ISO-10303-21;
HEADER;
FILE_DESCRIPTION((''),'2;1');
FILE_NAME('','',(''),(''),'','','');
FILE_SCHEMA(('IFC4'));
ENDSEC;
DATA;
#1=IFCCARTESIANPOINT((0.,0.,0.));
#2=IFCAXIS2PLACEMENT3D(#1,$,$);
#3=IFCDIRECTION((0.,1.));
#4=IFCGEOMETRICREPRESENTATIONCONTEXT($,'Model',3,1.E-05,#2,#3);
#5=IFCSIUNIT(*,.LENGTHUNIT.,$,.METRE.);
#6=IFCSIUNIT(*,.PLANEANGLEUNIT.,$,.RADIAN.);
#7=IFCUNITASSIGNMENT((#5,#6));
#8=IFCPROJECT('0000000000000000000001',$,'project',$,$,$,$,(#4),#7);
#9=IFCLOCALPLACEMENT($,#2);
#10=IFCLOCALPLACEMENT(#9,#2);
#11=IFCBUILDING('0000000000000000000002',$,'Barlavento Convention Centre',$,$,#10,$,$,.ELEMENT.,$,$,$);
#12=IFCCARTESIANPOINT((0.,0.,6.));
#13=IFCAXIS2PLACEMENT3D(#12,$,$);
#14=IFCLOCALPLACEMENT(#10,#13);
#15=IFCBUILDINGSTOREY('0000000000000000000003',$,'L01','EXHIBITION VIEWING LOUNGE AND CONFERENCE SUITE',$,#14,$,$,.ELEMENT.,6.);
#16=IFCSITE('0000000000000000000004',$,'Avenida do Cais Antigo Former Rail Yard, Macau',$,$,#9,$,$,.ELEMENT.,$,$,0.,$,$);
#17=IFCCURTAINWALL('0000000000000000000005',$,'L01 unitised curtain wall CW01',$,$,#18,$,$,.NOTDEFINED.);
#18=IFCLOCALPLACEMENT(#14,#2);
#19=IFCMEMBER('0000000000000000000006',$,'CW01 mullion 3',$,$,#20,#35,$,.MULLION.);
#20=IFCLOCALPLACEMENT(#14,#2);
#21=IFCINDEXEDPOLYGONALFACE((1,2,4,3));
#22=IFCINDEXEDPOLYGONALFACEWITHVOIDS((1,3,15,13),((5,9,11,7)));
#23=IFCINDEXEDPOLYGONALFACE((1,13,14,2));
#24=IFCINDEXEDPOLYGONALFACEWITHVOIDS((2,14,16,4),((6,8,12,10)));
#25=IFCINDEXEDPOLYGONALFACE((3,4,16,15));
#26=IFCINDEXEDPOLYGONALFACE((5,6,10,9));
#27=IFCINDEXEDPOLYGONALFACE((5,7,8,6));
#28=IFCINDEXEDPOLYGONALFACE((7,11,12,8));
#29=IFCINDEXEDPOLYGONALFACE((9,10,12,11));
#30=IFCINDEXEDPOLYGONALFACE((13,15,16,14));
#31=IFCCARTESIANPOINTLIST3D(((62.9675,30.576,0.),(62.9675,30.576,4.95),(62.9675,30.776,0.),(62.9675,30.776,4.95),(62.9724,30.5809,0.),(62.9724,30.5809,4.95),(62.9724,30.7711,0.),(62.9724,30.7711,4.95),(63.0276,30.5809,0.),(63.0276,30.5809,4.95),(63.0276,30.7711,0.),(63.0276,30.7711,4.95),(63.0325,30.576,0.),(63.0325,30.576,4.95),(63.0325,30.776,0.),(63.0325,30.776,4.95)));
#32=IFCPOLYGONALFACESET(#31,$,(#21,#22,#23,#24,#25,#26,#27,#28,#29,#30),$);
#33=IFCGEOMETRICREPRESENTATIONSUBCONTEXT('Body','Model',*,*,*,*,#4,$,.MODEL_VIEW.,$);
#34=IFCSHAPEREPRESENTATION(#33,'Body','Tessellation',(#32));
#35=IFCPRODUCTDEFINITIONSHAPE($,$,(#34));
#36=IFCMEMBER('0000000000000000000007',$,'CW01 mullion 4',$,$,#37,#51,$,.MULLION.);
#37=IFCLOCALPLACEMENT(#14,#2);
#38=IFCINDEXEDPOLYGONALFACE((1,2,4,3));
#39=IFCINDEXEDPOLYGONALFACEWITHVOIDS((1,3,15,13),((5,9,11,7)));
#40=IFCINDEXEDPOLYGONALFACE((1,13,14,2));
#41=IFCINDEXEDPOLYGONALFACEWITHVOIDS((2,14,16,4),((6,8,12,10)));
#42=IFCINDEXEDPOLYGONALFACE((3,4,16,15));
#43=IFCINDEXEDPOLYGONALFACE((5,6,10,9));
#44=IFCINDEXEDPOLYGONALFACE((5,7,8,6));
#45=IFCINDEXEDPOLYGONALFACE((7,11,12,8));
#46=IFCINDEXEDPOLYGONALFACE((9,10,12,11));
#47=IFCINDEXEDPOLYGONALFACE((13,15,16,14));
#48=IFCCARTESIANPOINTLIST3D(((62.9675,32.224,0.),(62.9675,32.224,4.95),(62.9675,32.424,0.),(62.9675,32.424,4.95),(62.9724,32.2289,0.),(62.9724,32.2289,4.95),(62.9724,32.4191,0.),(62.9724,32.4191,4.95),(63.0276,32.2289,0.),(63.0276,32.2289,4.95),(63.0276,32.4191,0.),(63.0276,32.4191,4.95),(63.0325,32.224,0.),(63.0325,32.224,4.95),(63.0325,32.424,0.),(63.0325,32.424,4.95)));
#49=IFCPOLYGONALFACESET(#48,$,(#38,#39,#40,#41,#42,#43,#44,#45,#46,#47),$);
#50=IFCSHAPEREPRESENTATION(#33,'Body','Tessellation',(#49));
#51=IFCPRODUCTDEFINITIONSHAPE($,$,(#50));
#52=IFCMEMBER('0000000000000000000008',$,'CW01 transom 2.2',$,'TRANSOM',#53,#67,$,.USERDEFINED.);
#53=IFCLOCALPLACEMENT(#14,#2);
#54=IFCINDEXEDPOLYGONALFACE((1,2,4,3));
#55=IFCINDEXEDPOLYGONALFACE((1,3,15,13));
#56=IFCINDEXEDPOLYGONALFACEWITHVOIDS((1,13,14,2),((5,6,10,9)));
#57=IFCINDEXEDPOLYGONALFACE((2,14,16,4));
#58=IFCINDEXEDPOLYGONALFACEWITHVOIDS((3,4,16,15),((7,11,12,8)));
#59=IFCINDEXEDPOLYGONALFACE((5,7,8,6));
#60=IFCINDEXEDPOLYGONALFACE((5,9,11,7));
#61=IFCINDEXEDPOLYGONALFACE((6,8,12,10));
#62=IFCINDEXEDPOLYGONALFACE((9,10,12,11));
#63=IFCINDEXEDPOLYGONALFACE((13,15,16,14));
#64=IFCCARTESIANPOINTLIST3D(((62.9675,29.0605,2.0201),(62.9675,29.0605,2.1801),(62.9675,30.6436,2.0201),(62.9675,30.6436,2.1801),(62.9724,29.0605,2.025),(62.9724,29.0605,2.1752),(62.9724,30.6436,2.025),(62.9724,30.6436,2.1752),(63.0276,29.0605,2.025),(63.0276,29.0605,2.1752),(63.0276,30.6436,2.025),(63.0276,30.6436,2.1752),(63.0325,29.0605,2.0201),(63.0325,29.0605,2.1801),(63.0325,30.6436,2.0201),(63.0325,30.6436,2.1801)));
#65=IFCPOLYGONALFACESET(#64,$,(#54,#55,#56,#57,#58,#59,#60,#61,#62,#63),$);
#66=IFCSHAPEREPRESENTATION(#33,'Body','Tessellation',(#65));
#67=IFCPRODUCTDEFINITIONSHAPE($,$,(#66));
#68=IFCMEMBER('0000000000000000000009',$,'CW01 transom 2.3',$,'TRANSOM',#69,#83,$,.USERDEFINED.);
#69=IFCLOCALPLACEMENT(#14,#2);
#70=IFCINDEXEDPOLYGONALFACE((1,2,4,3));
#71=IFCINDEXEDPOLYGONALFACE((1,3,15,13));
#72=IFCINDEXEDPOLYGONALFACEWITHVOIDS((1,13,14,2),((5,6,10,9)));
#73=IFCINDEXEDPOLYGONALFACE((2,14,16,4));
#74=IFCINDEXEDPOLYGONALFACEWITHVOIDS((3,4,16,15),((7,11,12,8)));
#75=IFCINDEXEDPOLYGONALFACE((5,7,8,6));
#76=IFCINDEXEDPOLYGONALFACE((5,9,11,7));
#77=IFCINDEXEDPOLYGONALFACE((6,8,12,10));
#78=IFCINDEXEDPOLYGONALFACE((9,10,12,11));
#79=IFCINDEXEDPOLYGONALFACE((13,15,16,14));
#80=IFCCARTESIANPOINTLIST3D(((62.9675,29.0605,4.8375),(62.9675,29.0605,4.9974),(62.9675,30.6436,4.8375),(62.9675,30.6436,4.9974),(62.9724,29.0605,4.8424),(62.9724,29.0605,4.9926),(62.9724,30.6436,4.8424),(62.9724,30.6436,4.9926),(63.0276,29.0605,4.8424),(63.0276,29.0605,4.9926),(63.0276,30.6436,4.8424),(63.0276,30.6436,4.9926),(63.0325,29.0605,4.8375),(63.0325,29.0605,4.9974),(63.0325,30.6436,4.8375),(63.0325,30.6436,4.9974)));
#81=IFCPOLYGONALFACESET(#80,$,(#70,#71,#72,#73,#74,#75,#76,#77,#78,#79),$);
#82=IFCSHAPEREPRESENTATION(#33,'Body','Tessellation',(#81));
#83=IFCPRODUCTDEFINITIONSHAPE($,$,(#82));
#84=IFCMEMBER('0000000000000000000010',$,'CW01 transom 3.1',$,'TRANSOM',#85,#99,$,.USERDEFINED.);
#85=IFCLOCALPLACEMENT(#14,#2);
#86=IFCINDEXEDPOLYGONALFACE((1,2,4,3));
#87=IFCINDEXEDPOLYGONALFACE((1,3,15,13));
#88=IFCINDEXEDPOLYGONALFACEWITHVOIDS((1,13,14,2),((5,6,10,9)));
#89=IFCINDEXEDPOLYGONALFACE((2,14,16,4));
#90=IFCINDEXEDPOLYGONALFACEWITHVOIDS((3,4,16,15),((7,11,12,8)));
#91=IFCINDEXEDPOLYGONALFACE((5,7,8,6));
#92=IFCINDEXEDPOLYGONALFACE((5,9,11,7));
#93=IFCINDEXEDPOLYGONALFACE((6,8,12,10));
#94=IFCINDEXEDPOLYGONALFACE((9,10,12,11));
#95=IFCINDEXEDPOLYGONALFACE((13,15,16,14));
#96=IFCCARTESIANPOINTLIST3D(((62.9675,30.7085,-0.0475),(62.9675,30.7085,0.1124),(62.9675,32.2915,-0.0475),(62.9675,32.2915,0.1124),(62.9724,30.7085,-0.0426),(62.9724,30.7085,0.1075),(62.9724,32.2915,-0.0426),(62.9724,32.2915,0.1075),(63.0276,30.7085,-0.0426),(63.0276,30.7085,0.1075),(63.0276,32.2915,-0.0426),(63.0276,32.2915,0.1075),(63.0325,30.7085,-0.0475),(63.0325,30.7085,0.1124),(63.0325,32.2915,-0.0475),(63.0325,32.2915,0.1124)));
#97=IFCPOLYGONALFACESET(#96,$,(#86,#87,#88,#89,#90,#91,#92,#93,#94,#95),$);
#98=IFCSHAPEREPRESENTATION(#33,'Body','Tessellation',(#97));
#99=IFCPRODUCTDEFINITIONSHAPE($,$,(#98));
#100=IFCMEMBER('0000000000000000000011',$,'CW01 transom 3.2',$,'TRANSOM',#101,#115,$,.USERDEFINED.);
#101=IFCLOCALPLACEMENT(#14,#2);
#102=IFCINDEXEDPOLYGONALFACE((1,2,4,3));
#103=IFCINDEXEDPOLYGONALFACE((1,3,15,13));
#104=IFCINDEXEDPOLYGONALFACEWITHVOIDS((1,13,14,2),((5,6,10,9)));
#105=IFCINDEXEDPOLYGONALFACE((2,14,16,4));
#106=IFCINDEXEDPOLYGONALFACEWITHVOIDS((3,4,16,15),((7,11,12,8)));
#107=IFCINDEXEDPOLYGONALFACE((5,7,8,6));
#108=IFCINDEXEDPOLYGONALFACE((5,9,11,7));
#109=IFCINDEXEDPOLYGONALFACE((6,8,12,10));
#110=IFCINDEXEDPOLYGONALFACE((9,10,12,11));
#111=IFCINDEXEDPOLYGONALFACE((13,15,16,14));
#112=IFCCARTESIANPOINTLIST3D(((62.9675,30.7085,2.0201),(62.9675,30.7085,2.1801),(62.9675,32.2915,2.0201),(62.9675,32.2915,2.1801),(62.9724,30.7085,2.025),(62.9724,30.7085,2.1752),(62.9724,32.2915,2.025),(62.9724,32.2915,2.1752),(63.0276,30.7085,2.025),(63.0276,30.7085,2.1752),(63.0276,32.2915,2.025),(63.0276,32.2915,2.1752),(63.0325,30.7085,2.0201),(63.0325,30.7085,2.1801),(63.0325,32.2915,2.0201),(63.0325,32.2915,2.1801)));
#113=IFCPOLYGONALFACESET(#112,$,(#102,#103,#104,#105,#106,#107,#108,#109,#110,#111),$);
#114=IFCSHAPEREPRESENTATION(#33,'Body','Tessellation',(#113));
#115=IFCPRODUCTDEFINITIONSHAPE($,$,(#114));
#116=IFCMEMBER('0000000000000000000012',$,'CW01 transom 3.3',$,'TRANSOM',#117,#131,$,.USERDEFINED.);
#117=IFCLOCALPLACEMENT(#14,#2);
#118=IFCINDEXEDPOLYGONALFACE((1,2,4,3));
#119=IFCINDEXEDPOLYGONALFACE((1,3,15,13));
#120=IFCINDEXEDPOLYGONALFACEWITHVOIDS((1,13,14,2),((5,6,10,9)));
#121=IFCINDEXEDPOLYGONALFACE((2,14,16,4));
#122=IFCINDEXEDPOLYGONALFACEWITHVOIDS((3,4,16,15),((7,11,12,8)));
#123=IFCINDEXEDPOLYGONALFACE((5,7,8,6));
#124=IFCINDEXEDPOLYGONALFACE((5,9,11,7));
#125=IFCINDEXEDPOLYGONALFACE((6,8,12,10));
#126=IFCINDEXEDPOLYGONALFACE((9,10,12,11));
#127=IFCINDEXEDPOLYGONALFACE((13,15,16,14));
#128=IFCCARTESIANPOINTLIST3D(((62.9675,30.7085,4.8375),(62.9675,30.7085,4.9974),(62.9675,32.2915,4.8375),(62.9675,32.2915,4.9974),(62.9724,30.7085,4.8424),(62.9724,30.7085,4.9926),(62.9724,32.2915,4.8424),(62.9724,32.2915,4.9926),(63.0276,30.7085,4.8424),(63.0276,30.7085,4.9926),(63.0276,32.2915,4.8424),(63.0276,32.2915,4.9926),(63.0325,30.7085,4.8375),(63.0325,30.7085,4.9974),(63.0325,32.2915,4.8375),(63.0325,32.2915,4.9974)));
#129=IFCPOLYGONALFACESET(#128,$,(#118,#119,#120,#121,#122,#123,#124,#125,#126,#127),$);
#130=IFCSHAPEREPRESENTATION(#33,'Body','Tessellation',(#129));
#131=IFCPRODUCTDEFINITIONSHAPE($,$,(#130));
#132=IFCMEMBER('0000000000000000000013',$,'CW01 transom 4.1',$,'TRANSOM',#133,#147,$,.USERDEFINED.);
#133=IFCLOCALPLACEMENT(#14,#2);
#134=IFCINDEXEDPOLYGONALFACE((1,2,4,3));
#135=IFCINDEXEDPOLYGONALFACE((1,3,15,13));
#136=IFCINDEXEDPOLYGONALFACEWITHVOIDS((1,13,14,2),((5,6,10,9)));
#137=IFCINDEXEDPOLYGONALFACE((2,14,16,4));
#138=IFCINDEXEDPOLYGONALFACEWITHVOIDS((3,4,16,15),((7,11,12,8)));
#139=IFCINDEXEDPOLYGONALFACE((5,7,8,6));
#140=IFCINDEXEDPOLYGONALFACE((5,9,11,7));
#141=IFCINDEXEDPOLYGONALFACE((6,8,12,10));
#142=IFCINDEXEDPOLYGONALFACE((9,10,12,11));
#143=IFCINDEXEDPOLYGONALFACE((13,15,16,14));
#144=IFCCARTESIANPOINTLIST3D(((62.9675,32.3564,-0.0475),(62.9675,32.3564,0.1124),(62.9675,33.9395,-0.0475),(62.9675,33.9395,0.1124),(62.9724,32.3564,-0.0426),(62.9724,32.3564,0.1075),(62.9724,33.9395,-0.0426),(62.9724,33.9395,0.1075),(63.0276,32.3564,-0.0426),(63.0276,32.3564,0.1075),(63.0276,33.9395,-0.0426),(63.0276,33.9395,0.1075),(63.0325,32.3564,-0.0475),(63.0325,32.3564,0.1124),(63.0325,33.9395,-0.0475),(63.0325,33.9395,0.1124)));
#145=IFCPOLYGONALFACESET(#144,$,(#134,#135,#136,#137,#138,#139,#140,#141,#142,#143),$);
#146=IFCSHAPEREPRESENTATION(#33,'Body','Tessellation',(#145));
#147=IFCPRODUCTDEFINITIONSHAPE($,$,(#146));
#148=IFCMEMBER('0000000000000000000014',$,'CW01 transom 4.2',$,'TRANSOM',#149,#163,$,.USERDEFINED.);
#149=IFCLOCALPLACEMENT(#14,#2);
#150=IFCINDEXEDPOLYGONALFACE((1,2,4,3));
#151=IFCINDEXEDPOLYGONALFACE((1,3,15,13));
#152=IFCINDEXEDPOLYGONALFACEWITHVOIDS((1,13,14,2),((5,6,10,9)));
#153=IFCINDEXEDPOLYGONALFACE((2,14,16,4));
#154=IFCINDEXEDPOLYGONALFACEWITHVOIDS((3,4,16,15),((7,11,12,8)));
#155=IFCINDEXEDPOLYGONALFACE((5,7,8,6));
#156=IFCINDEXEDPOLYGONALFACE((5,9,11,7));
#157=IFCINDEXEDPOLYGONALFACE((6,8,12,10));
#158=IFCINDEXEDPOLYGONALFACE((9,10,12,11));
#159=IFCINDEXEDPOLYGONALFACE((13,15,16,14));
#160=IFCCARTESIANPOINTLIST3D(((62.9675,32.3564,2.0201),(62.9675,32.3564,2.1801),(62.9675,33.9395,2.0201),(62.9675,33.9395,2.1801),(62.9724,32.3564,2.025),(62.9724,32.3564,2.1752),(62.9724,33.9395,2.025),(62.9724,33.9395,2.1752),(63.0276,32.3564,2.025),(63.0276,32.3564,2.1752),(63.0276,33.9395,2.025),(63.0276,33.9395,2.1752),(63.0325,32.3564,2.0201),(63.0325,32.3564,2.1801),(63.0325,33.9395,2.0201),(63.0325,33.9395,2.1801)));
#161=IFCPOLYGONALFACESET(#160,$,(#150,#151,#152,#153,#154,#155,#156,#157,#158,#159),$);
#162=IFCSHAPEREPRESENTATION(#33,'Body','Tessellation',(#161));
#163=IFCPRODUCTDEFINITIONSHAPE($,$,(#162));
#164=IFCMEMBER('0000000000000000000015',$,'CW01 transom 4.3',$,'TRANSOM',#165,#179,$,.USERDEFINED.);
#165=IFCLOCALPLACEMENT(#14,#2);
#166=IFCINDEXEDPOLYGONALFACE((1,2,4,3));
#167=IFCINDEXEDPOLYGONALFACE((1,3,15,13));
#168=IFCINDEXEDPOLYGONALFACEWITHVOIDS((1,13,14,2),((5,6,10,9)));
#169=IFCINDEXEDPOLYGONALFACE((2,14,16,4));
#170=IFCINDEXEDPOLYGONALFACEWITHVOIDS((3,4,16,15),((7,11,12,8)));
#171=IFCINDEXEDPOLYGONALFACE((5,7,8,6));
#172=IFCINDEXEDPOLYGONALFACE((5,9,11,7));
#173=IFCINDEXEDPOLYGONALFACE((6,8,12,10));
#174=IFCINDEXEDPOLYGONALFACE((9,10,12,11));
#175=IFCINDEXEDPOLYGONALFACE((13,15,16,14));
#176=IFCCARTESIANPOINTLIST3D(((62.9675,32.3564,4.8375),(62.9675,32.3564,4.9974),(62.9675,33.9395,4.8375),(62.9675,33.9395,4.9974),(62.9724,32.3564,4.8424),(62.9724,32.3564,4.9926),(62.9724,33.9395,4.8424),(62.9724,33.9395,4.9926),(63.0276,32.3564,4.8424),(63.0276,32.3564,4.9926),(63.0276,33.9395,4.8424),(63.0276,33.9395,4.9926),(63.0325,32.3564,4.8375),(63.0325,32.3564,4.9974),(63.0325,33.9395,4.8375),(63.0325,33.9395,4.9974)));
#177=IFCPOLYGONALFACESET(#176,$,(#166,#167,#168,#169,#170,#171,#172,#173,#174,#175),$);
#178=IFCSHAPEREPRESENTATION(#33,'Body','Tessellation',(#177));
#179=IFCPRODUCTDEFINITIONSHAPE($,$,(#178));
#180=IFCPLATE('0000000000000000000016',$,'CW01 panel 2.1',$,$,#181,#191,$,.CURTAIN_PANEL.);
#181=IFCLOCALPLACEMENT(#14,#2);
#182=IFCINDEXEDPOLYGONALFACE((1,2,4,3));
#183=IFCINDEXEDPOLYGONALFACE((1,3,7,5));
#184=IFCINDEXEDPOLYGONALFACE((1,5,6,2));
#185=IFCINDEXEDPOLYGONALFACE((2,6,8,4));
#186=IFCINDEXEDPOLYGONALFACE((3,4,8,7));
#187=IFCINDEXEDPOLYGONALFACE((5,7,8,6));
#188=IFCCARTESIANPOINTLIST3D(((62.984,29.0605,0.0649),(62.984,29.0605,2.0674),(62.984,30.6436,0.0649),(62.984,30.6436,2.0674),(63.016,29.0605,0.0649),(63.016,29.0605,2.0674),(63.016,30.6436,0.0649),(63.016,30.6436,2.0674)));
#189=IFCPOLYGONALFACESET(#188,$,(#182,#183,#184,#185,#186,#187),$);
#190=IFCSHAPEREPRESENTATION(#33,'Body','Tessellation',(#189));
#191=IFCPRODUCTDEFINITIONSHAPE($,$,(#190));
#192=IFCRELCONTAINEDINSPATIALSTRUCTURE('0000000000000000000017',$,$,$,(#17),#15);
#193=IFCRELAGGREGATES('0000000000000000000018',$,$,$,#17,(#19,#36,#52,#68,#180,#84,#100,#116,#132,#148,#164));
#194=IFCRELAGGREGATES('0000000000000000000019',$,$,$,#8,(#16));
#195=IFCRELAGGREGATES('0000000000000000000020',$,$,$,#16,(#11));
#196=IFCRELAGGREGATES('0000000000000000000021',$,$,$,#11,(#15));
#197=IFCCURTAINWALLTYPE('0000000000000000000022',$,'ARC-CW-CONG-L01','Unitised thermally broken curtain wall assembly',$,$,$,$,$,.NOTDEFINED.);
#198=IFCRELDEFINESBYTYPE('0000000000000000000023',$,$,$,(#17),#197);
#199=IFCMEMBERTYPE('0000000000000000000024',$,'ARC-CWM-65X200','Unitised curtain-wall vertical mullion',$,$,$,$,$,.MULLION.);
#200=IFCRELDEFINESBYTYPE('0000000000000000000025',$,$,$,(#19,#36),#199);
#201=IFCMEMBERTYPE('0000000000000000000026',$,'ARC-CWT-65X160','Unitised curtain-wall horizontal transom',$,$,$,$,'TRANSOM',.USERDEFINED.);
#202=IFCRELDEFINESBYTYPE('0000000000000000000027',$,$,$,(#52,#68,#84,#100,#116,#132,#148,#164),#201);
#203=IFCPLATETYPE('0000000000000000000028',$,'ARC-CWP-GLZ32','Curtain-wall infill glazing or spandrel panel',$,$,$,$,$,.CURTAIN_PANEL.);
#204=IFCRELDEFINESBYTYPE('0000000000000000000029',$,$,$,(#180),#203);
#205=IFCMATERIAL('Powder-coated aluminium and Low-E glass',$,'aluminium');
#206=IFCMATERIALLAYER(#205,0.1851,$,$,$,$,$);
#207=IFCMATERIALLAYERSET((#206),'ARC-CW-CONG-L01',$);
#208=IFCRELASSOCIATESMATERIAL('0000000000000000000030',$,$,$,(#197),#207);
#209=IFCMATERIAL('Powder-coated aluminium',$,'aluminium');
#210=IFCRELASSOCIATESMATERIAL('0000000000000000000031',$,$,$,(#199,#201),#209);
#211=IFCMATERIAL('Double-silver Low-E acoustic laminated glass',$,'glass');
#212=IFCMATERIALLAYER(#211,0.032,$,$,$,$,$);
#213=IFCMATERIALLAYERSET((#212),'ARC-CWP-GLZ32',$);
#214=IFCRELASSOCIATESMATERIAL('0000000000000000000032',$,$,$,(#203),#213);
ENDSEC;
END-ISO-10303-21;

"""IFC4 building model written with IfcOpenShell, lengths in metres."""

from ifc_helpers import new_model, si_unit, direction, frame, origin, origin_2d, place, context, subcontext, project, spatial, rectangle, hollow_rectangle, extrude, material, layer, layer_set, material_profile, profile_set, type_object, element, aggregate, save


model = new_model("IFC4")

# Units and contexts
model_context = context("Model", 3, precision=1e-05, world=origin(), true_north=direction((0.0, 1.0)))
body_context = subcontext(model_context, "Body", "Model", "MODEL_VIEW")
ifc_project = project(units=[si_unit("LENGTHUNIT", "METRE"), si_unit("PLANEANGLEUNIT", "RADIAN")], contexts=[model_context])

# Site, building, storey
site_placement = place(None, origin())
site = spatial("IfcSite", under=ifc_project, at=site_placement, Name="Avenida do Cais Antigo Former Rail Yard, Macau", CompositionType="ELEMENT", RefElevation=0.0)
building_placement = place(site_placement, origin())
building = spatial("IfcBuilding", under=site, at=building_placement, Name="Barlavento Convention Centre", CompositionType="ELEMENT")
storey_placement = place(building_placement, frame((0.0, 0.0, 6.0)))
storey = spatial("IfcBuildingStorey", under=building, at=storey_placement, Name="L01", Description="EXHIBITION VIEWING LOUNGE AND CONFERENCE SUITE", CompositionType="ELEMENT", Elevation=6.0)

# Curtain wall, members, plate
ifc_material_1 = material(Name="Powder-coated aluminium and Low-E glass", Category="aluminium")
ifc_layer_1 = layer(ifc_material_1, 0.1851)
ifc_layer_set_1 = layer_set([ifc_layer_1], Name="ARC-CW-CONG-L01")
curtain_wall_type = type_object("IfcCurtainWallType", Name="ARC-CW-CONG-L01", Description="Unitised thermally broken curtain wall assembly", PredefinedType="NOTDEFINED", material=ifc_layer_set_1)
curtain_wall_placement = place(storey_placement, origin())
curtain_wall = element("IfcCurtainWall", 1, at=curtain_wall_placement, inside=storey, type_object=curtain_wall_type, Name="L01 unitised curtain wall CW01", PredefinedType="NOTDEFINED")
ifc_material_2 = material(Name="Powder-coated aluminium", Category="aluminium")
ifc_material_profile_1 = material_profile(ifc_material_2, hollow_rectangle(XDim=0.0649, YDim=0.2, WallThickness=0.0049, at=origin_2d()), Name="AL-MULL 65x200x5")
ifc_profile_set_1 = profile_set([ifc_material_profile_1], Name="Powder-coated aluminium")
member_type_1 = type_object("IfcMemberType", Name="ARC-CWM-65X200", Description="Unitised curtain-wall vertical mullion", PredefinedType="MULLION", material=ifc_profile_set_1)
member_1_placement = place(storey_placement, frame((63.0, 30.676, 0.0), z_axis=(0.0, 0.0, 1.0), x_axis=(-1.0, 0.0, 0.0)))
member_1 = element("IfcMember", 2, at=member_1_placement, type_object=member_type_1, Name="CW01 mullion 3", PredefinedType="MULLION", context=body_context, shape_type="SweptSolid", body=[
    extrude(hollow_rectangle(XDim=0.0649, YDim=0.2, WallThickness=0.0049, at=origin_2d()), origin(), (0.0, 0.0, 1.0), 4.95),
])
member_2_placement = place(storey_placement, frame((63.0, 32.324, 0.0), z_axis=(0.0, 0.0, 1.0), x_axis=(-1.0, 0.0, 0.0)))
member_2 = element("IfcMember", 3, at=member_2_placement, type_object=member_type_1, Name="CW01 mullion 4", PredefinedType="MULLION", context=body_context, shape_type="SweptSolid", body=[
    extrude(hollow_rectangle(XDim=0.0649, YDim=0.2, WallThickness=0.0049, at=origin_2d()), origin(), (0.0, 0.0, 1.0), 4.95),
])
ifc_material_profile_2 = material_profile(ifc_material_2, hollow_rectangle(XDim=0.0649, YDim=0.1599, WallThickness=0.0049, at=origin_2d()), Name="AL-TRAN 65x160x5")
ifc_profile_set_2 = profile_set([ifc_material_profile_2], Name="Powder-coated aluminium")
member_type_2 = type_object("IfcMemberType", Name="ARC-CWT-65X160", Description="Unitised curtain-wall horizontal transom", ElementType="TRANSOM", PredefinedType="USERDEFINED", material=ifc_profile_set_2)
member_3_placement = place(storey_placement, frame((63.0, 29.0605, 2.1001), z_axis=(0.0, 1.0, 0.0), x_axis=(-1.0, 0.0, 0.0)))
member_3 = element("IfcMember", 4, at=member_3_placement, type_object=member_type_2, Name="CW01 transom 2.2", ObjectType="TRANSOM", PredefinedType="USERDEFINED", context=body_context, shape_type="SweptSolid", body=[
    extrude(hollow_rectangle(XDim=0.0649, YDim=0.1599, WallThickness=0.0049, at=origin_2d()), origin(), (0.0, 0.0, 1.0), 1.583),
])
member_4_placement = place(storey_placement, frame((63.0, 29.0605, 4.9175), z_axis=(0.0, 1.0, 0.0), x_axis=(-1.0, 0.0, 0.0)))
member_4 = element("IfcMember", 5, at=member_4_placement, type_object=member_type_2, Name="CW01 transom 2.3", ObjectType="TRANSOM", PredefinedType="USERDEFINED", context=body_context, shape_type="SweptSolid", body=[
    extrude(hollow_rectangle(XDim=0.0649, YDim=0.1599, WallThickness=0.0049, at=origin_2d()), origin(), (0.0, 0.0, 1.0), 1.583),
])
member_5_placement = place(storey_placement, frame((63.0, 30.7085, 0.0325), z_axis=(0.0, 1.0, 0.0), x_axis=(-1.0, 0.0, 0.0)))
member_5 = element("IfcMember", 6, at=member_5_placement, type_object=member_type_2, Name="CW01 transom 3.1", ObjectType="TRANSOM", PredefinedType="USERDEFINED", context=body_context, shape_type="SweptSolid", body=[
    extrude(hollow_rectangle(XDim=0.0649, YDim=0.1599, WallThickness=0.0049, at=origin_2d()), origin(), (0.0, 0.0, 1.0), 1.583),
])
member_6_placement = place(storey_placement, frame((63.0, 30.7085, 2.1001), z_axis=(0.0, 1.0, 0.0), x_axis=(-1.0, 0.0, 0.0)))
member_6 = element("IfcMember", 7, at=member_6_placement, type_object=member_type_2, Name="CW01 transom 3.2", ObjectType="TRANSOM", PredefinedType="USERDEFINED", context=body_context, shape_type="SweptSolid", body=[
    extrude(hollow_rectangle(XDim=0.0649, YDim=0.1599, WallThickness=0.0049, at=origin_2d()), origin(), (0.0, 0.0, 1.0), 1.583),
])
member_7_placement = place(storey_placement, frame((63.0, 30.7085, 4.9175), z_axis=(0.0, 1.0, 0.0), x_axis=(-1.0, 0.0, 0.0)))
member_7 = element("IfcMember", 8, at=member_7_placement, type_object=member_type_2, Name="CW01 transom 3.3", ObjectType="TRANSOM", PredefinedType="USERDEFINED", context=body_context, shape_type="SweptSolid", body=[
    extrude(hollow_rectangle(XDim=0.0649, YDim=0.1599, WallThickness=0.0049, at=origin_2d()), origin(), (0.0, 0.0, 1.0), 1.583),
])
member_8_placement = place(storey_placement, frame((63.0, 32.3564, 0.0325), z_axis=(0.0, 1.0, 0.0), x_axis=(-1.0, 0.0, 0.0)))
member_8 = element("IfcMember", 9, at=member_8_placement, type_object=member_type_2, Name="CW01 transom 4.1", ObjectType="TRANSOM", PredefinedType="USERDEFINED", context=body_context, shape_type="SweptSolid", body=[
    extrude(hollow_rectangle(XDim=0.0649, YDim=0.1599, WallThickness=0.0049, at=origin_2d()), origin(), (0.0, 0.0, 1.0), 1.583),
])
member_9_placement = place(storey_placement, frame((63.0, 32.3564, 2.1001), z_axis=(0.0, 1.0, 0.0), x_axis=(-1.0, 0.0, 0.0)))
member_9 = element("IfcMember", 10, at=member_9_placement, type_object=member_type_2, Name="CW01 transom 4.2", ObjectType="TRANSOM", PredefinedType="USERDEFINED", context=body_context, shape_type="SweptSolid", body=[
    extrude(hollow_rectangle(XDim=0.0649, YDim=0.1599, WallThickness=0.0049, at=origin_2d()), origin(), (0.0, 0.0, 1.0), 1.583),
])
member_10_placement = place(storey_placement, frame((63.0, 32.3564, 4.9175), z_axis=(0.0, 1.0, 0.0), x_axis=(-1.0, 0.0, 0.0)))
member_10 = element("IfcMember", 11, at=member_10_placement, type_object=member_type_2, Name="CW01 transom 4.3", ObjectType="TRANSOM", PredefinedType="USERDEFINED", context=body_context, shape_type="SweptSolid", body=[
    extrude(hollow_rectangle(XDim=0.0649, YDim=0.1599, WallThickness=0.0049, at=origin_2d()), origin(), (0.0, 0.0, 1.0), 1.583),
])
ifc_material_3 = material(Name="Double-silver Low-E acoustic laminated glass", Category="glass")
ifc_layer_2 = layer(ifc_material_3, 0.032)
ifc_layer_set_2 = layer_set([ifc_layer_2], Name="ARC-CWP-GLZ32")
plate_type = type_object("IfcPlateType", Name="ARC-CWP-GLZ32", Description="Curtain-wall infill glazing or spandrel panel", PredefinedType="CURTAIN_PANEL", material=ifc_layer_set_2)
plate_1_placement = place(storey_placement, frame((63.0, 29.8521, 0.0649), z_axis=(0.0, 0.0, 1.0), x_axis=(0.0, 1.0, 0.0)))
plate_1 = element("IfcPlate", 12, at=plate_1_placement, type_object=plate_type, Name="CW01 panel 2.1", PredefinedType="CURTAIN_PANEL", context=body_context, shape_type="SweptSolid", body=[
    extrude(rectangle(XDim=1.583, YDim=0.032, at=origin_2d()), origin(), (0.0, 0.0, 1.0), 2.0024),
])
aggregate(curtain_wall, [member_1, member_2, member_3, member_4, plate_1, member_5, member_6, member_7, member_8, member_9, member_10])

save(model, "model.ifc")
